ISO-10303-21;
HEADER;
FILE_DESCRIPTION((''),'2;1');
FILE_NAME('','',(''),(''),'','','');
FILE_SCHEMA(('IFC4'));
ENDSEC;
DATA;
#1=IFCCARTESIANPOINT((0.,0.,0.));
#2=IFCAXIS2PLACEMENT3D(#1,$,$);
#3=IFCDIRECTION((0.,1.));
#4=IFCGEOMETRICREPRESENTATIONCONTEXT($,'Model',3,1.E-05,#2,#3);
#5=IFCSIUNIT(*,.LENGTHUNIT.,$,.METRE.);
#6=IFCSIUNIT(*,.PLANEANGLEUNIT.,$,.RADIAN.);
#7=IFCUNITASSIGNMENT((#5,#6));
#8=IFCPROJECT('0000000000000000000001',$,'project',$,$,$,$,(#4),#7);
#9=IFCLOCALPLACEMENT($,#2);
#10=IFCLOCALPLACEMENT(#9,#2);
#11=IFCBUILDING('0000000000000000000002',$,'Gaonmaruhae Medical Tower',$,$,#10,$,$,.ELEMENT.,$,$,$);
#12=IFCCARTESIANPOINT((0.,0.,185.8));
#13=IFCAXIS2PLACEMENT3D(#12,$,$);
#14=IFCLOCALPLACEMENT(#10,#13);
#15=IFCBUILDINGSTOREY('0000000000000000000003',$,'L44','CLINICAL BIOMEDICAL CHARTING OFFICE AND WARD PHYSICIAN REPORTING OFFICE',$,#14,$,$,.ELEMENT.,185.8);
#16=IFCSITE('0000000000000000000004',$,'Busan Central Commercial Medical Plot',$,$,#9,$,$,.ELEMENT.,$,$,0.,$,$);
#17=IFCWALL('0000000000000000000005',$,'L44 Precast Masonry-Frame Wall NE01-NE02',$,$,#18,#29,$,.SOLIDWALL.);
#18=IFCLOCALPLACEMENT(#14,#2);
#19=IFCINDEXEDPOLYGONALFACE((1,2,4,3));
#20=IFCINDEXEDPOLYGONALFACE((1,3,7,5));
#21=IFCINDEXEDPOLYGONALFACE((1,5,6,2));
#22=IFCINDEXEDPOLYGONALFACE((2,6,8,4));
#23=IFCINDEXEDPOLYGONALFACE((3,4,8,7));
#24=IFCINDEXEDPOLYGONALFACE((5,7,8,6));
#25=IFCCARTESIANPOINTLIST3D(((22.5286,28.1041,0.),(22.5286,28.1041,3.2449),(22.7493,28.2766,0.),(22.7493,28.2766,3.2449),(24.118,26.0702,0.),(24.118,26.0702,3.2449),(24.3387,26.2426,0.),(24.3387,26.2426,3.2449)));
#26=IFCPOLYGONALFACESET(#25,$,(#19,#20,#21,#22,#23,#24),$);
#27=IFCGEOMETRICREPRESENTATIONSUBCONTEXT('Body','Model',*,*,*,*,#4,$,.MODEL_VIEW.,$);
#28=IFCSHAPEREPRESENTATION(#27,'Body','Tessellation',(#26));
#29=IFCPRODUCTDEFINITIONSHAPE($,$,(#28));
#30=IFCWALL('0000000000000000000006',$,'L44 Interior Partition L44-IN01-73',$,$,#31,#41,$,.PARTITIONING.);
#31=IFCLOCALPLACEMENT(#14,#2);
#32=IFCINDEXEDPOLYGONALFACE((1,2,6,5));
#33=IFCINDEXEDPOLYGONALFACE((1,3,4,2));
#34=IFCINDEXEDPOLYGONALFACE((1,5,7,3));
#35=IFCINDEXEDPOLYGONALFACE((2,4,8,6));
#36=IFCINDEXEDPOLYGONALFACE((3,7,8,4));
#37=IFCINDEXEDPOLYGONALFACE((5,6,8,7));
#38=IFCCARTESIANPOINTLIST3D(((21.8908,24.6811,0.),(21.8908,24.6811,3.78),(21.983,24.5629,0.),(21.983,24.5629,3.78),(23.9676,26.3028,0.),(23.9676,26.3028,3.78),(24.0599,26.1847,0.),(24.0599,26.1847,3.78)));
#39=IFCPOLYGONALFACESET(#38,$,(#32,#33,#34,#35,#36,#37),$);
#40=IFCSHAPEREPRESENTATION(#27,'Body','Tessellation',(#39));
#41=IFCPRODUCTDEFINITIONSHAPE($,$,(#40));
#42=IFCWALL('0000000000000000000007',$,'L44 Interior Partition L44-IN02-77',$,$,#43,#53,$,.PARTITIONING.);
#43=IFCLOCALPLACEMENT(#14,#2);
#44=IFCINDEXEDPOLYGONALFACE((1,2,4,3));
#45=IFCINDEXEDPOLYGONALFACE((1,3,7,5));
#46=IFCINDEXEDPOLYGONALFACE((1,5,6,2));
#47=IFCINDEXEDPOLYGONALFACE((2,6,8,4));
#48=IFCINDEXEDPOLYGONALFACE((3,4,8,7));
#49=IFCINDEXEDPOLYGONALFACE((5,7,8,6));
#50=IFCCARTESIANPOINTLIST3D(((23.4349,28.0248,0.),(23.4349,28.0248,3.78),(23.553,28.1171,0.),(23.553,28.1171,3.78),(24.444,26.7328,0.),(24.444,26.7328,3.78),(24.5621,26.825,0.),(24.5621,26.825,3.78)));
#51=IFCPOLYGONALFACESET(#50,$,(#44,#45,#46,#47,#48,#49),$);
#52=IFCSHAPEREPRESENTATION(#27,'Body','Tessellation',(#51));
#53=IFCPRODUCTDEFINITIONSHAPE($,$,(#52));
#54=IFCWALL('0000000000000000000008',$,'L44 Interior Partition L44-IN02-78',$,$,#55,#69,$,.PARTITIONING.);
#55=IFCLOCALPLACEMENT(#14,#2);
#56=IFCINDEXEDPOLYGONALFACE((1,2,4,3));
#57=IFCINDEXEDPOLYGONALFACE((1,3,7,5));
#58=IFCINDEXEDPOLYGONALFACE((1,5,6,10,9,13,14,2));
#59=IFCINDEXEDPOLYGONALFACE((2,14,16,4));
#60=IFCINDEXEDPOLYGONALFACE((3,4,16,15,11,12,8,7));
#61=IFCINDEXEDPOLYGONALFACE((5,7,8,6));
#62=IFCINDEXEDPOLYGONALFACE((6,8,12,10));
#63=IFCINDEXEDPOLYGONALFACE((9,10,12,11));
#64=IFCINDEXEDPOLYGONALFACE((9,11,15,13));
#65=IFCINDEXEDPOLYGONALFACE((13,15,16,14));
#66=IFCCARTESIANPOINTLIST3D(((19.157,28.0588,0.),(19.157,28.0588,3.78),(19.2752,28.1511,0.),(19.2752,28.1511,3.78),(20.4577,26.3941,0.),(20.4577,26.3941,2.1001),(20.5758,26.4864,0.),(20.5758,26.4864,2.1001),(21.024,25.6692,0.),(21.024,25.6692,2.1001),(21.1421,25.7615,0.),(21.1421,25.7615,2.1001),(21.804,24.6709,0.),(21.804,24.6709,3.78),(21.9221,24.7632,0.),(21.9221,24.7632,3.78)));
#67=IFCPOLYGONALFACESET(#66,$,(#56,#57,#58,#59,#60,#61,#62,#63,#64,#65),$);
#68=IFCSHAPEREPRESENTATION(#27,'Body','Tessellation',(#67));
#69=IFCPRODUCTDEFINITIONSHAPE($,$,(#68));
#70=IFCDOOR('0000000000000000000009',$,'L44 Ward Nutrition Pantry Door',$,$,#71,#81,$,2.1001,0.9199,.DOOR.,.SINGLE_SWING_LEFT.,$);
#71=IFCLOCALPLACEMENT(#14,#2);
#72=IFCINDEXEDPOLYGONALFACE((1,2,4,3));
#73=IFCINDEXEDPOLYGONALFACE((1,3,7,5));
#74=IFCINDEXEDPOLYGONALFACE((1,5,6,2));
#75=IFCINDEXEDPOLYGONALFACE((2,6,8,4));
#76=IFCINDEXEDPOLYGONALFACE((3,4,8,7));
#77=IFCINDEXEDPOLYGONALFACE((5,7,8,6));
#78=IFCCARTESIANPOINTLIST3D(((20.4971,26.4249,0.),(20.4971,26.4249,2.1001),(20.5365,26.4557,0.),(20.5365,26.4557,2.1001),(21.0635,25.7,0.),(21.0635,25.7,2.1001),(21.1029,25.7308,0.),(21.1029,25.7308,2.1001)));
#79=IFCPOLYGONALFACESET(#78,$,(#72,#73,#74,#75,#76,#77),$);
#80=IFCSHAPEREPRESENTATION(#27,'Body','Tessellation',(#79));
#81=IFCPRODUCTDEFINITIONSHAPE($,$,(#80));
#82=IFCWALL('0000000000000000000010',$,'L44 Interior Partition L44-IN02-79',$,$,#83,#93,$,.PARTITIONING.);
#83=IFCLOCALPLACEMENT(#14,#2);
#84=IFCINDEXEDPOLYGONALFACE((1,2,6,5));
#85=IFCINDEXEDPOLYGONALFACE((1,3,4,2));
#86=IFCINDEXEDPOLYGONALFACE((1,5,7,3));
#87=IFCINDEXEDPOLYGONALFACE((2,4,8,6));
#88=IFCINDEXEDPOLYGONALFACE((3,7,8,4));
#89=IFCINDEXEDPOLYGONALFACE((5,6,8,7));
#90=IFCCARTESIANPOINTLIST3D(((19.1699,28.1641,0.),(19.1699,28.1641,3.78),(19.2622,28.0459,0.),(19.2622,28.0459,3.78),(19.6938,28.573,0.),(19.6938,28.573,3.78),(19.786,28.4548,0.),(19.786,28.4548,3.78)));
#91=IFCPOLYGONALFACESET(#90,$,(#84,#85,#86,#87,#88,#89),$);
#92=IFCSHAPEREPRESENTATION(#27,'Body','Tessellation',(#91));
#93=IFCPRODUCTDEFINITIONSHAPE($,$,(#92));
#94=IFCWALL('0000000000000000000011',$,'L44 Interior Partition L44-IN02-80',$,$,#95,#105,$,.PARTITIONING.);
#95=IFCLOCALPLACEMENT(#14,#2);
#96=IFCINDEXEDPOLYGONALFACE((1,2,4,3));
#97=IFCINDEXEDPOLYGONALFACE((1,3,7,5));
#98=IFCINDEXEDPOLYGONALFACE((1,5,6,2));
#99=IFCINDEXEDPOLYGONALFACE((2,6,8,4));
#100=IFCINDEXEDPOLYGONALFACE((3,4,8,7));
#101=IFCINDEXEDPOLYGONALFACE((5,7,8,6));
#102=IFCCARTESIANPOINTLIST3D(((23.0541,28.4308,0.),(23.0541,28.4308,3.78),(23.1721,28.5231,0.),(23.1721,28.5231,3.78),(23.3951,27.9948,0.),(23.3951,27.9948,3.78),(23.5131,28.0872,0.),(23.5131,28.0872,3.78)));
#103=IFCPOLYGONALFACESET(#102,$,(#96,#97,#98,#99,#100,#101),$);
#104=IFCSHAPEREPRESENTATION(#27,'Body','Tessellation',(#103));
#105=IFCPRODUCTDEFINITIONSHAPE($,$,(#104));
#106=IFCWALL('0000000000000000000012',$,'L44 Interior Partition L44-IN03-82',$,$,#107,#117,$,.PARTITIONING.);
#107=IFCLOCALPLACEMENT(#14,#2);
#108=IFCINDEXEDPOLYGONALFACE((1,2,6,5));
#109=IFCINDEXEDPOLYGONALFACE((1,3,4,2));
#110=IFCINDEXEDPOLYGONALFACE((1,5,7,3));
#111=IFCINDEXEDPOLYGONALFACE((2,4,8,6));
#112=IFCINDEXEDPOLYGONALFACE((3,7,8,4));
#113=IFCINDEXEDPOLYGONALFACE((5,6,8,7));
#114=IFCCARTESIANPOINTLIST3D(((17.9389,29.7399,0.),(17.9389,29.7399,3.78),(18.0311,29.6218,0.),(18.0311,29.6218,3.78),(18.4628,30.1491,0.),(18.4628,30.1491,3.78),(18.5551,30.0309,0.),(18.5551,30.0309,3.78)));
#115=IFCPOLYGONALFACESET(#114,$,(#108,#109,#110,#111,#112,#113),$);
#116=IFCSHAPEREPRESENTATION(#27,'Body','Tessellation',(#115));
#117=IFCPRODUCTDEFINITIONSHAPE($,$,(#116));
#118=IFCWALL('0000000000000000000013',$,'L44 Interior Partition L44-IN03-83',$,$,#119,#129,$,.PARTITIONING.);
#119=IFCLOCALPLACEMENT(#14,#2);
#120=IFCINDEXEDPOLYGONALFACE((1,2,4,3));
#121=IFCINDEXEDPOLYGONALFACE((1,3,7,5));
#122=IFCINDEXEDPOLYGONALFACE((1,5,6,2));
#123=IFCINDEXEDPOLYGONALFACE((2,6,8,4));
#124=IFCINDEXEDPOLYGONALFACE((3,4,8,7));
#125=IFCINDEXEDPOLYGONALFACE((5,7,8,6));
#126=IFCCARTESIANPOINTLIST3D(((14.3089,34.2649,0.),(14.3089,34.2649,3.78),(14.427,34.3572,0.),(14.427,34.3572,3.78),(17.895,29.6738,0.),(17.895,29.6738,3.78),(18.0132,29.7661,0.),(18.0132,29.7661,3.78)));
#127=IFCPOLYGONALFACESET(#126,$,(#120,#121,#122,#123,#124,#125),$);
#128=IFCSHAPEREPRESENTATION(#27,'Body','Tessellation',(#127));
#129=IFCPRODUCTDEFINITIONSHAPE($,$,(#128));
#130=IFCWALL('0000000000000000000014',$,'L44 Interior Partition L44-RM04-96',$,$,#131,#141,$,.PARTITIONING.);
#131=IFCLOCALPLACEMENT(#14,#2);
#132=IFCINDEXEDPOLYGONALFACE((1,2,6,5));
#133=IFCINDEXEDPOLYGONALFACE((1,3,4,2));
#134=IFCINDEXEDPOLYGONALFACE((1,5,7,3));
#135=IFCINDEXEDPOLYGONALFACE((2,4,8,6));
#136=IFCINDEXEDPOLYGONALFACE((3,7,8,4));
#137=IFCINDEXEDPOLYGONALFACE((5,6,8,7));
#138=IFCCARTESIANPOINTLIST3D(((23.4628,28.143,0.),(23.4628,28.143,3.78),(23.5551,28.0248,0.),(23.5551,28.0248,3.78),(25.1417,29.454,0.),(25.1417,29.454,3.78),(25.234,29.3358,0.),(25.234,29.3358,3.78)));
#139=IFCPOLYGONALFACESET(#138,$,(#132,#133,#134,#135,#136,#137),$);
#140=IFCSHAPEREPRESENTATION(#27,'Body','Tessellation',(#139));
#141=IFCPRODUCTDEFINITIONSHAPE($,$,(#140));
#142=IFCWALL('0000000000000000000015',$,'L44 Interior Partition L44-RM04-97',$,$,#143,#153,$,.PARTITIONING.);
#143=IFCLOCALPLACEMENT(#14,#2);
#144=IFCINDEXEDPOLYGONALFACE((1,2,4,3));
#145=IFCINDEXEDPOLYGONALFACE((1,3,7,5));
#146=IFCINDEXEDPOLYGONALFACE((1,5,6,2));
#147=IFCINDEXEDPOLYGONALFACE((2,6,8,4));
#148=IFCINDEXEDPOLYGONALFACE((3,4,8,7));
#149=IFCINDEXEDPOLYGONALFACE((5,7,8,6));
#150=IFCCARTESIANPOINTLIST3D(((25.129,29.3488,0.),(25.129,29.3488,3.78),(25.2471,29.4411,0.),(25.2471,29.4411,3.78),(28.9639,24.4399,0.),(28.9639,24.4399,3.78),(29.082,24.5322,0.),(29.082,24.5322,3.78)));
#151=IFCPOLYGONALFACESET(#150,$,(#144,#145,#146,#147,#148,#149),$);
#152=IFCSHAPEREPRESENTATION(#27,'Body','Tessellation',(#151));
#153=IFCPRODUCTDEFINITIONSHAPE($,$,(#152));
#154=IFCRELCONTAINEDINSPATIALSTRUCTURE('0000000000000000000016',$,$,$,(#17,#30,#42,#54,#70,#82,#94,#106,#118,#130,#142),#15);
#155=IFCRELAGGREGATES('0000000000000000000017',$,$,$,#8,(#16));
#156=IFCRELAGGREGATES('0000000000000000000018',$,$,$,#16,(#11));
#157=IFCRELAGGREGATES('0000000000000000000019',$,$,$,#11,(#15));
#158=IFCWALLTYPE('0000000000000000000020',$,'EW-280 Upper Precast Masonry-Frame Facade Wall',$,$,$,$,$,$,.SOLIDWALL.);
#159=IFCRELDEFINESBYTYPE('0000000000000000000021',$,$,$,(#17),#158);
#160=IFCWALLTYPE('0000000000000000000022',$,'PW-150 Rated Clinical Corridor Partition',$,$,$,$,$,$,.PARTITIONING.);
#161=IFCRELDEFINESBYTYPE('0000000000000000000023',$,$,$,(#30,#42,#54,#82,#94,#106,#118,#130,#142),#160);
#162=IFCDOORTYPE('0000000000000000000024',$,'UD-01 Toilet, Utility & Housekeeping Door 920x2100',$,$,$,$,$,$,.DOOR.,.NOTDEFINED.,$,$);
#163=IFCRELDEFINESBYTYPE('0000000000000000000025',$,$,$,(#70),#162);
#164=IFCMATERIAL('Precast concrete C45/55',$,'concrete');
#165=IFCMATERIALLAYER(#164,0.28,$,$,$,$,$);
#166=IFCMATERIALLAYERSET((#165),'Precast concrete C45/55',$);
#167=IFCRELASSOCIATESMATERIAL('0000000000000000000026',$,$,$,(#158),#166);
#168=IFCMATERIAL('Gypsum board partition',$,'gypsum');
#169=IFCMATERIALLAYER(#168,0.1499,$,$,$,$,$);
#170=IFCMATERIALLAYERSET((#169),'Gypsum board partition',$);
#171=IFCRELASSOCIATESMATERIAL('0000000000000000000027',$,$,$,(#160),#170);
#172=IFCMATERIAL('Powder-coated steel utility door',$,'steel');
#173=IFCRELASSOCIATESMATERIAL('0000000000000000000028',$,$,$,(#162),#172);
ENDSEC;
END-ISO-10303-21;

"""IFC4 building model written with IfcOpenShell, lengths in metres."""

from ifc_helpers import new_model, si_unit, direction, frame, frame_2d, origin, place, context, subcontext, project, spatial, rectangle, extrude, material, layer, layer_set, type_object, element, fill, save


model = new_model("IFC4")

# Units and contexts
model_context = context("Model", 3, precision=1e-05, world=origin(), true_north=direction((0.0, 1.0)))
body_context = subcontext(model_context, "Body", "Model", "MODEL_VIEW")
ifc_project = project(units=[si_unit("LENGTHUNIT", "METRE"), si_unit("PLANEANGLEUNIT", "RADIAN")], contexts=[model_context])

# Site, building, storey
site_placement = place(None, origin())
site = spatial("IfcSite", under=ifc_project, at=site_placement, Name="Busan Central Commercial Medical Plot", CompositionType="ELEMENT", RefElevation=0.0)
building_placement = place(site_placement, origin())
building = spatial("IfcBuilding", under=site, at=building_placement, Name="Gaonmaruhae Medical Tower", CompositionType="ELEMENT")
storey_placement = place(building_placement, frame((0.0, 0.0, 185.8)))
storey = spatial("IfcBuildingStorey", under=building, at=storey_placement, Name="L44", Description="CLINICAL BIOMEDICAL CHARTING OFFICE AND WARD PHYSICIAN REPORTING OFFICE", CompositionType="ELEMENT", Elevation=185.8)

# Shared definitions
ifc_material_1 = material(Name="Precast concrete C45/55", Category="concrete")

# Walls
ifc_layer_1 = layer(ifc_material_1, 0.28)
ifc_layer_set_1 = layer_set([ifc_layer_1], Name="Precast concrete C45/55")
wall_type_1 = type_object("IfcWallType", Name="EW-280 Upper Precast Masonry-Frame Facade Wall", PredefinedType="SOLIDWALL", material=ifc_layer_set_1)
wall_1_placement = place(storey_placement, frame((24.2283, 26.1565, 0.0), z_axis=(0.0, 0.0, 1.0), x_axis=(-0.615727, 0.78796, 0.0)))
element("IfcWall", 1, at=wall_1_placement, inside=storey, type_object=wall_type_1, Name="L44 Precast Masonry-Frame Wall NE01-NE02", PredefinedType="SOLIDWALL", context=body_context, shape_type="SweptSolid", body=[
    extrude(rectangle(XDim=2.5813, YDim=0.28, at=frame_2d((1.2905, 0.0))), origin(), (0.0, 0.0, 1.0), 3.2449),
])
ifc_material_2 = material(Name="Gypsum board partition", Category="gypsum")
ifc_layer_2 = layer(ifc_material_2, 0.1499)
ifc_layer_set_2 = layer_set([ifc_layer_2], Name="Gypsum board partition")
wall_type_2 = type_object("IfcWallType", Name="PW-150 Rated Clinical Corridor Partition", PredefinedType="PARTITIONING", material=ifc_layer_set_2)
wall_2_placement = place(storey_placement, frame((21.937, 24.6221, 0.0), z_axis=(0.0, 0.0, 1.0), x_axis=(0.788163, 0.615466, 0.0)))
element("IfcWall", 2, at=wall_2_placement, inside=storey, type_object=wall_type_2, Name="L44 Interior Partition L44-IN01-73", PredefinedType="PARTITIONING", context=body_context, shape_type="SweptSolid", body=[
    extrude(rectangle(XDim=2.635, YDim=0.1499, at=frame_2d((1.3174, 0.0))), origin(), (0.0, 0.0, 1.0), 3.78),
])
wall_3_placement = place(storey_placement, frame((23.4939, 28.071, 0.0), z_axis=(0.0, 0.0, 1.0), x_axis=(0.615517, -0.788124, 0.0)))
element("IfcWall", 3, at=wall_3_placement, inside=storey, type_object=wall_type_2, Name="L44 Interior Partition L44-IN02-77", PredefinedType="PARTITIONING", context=body_context, shape_type="SweptSolid", body=[
    extrude(rectangle(XDim=1.6394, YDim=0.1499, at=frame_2d((0.8198, 0.0))), origin(), (0.0, 0.0, 1.0), 3.78),
])

# Wall, opening, door
wall_4_placement = place(storey_placement, frame((21.863, 24.717, 0.0), z_axis=(0.0, 0.0, 1.0), x_axis=(-0.615665, 0.788008, 0.0)))
wall_4 = element("IfcWall", 4, at=wall_4_placement, inside=storey, type_object=wall_type_2, Name="L44 Interior Partition L44-IN02-78", PredefinedType="PARTITIONING", context=body_context, shape_type="SweptSolid", body=[
    extrude(rectangle(XDim=4.2993, YDim=0.1499, at=frame_2d((2.1497, 0.0))), origin(), (0.0, 0.0, 1.0), 3.78),
])
opening_1_placement = place(wall_4_placement, frame((1.2668, 0.0, 0.0)))
opening_1 = element("IfcOpeningElement", 5, at=opening_1_placement, cuts=wall_4, PredefinedType="OPENING", context=body_context, shape_type="SweptSolid", body=[
    extrude(rectangle(XDim=0.9199, YDim=2.1001, at=frame_2d((0.46, 1.05))), frame((0.0, 0.085, 0.0), z_axis=(0.0, -1.0, 0.0), x_axis=(1.0, 0.0, 0.0)), (0.0, 0.0, 1.0), 0.1699),
])
ifc_material_3 = material(Name="Powder-coated steel utility door", Category="steel")
door_type_1 = type_object("IfcDoorType", Name="UD-01 Toilet, Utility & Housekeeping Door 920x2100", OperationType="NOTDEFINED", PredefinedType="DOOR", material=ifc_material_3)
door_1_placement = place(opening_1_placement, origin())
door_1 = element("IfcDoor", 6, at=door_1_placement, inside=storey, type_object=door_type_1, Name="L44 Ward Nutrition Pantry Door", OperationType="SINGLE_SWING_LEFT", OverallHeight=2.1001, OverallWidth=0.9199, PredefinedType="DOOR", context=body_context, shape_type="SweptSolid", body=[
    extrude(rectangle(XDim=0.9199, YDim=2.1001, at=frame_2d((0.46, 1.05))), frame((0.0, 0.0249, 0.0), z_axis=(0.0, -1.0, 0.0), x_axis=(1.0, 0.0, 0.0)), (0.0, 0.0, 1.0), 0.05),
])
fill(opening_1, door_1)

# Walls
wall_5_placement = place(storey_placement, frame((19.2161, 28.105, 0.0), z_axis=(0.0, 0.0, 1.0), x_axis=(0.788303, 0.615288, 0.0)))
element("IfcWall", 7, at=wall_5_placement, inside=storey, type_object=wall_type_2, Name="L44 Interior Partition L44-IN02-79", PredefinedType="PARTITIONING", context=body_context, shape_type="SweptSolid", body=[
    extrude(rectangle(XDim=0.6646, YDim=0.1499, at=frame_2d((0.3323, 0.0))), origin(), (0.0, 0.0, 1.0), 3.78),
])
wall_6_placement = place(storey_placement, frame((23.113, 28.4771, 0.0), z_axis=(0.0, 0.0, 1.0), x_axis=(0.616106, -0.787663, 0.0)))
element("IfcWall", 8, at=wall_6_placement, inside=storey, type_object=wall_type_2, Name="L44 Interior Partition L44-IN02-80", PredefinedType="PARTITIONING", context=body_context, shape_type="SweptSolid", body=[
    extrude(rectangle(XDim=0.5535, YDim=0.1499, at=frame_2d((0.2769, 0.0))), origin(), (0.0, 0.0, 1.0), 3.78),
])
wall_7_placement = place(storey_placement, frame((18.509, 30.0901, 0.0), z_axis=(0.0, 0.0, 1.0), x_axis=(-0.788125, -0.615516, 0.0)))
element("IfcWall", 9, at=wall_7_placement, inside=storey, type_object=wall_type_2, Name="L44 Interior Partition L44-IN03-82", PredefinedType="PARTITIONING", context=body_context, shape_type="SweptSolid", body=[
    extrude(rectangle(XDim=0.6648, YDim=0.1499, at=frame_2d((0.3325, 0.0))), origin(), (0.0, 0.0, 1.0), 3.78),
])
wall_8_placement = place(storey_placement, frame((17.9541, 29.72, 0.0), z_axis=(0.0, 0.0, 1.0), x_axis=(-0.615581, 0.788073, 0.0)))
element("IfcWall", 10, at=wall_8_placement, inside=storey, type_object=wall_type_2, Name="L44 Interior Partition L44-IN03-83", PredefinedType="PARTITIONING", context=body_context, shape_type="SweptSolid", body=[
    extrude(rectangle(XDim=5.8257, YDim=0.1499, at=frame_2d((2.9128, 0.0))), origin(), (0.0, 0.0, 1.0), 3.78),
])
wall_9_placement = place(storey_placement, frame((23.509, 28.084, 0.0), z_axis=(0.0, 0.0, 1.0), x_axis=(0.788172, 0.615455, 0.0)))
element("IfcWall", 11, at=wall_9_placement, inside=storey, type_object=wall_type_2, Name="L44 Interior Partition L44-RM04-96", PredefinedType="PARTITIONING", context=body_context, shape_type="SweptSolid", body=[
    extrude(rectangle(XDim=2.1301, YDim=0.1499, at=frame_2d((1.0649, 0.0))), origin(), (0.0, 0.0, 1.0), 3.78),
])
wall_10_placement = place(storey_placement, frame((25.188, 29.395, 0.0), z_axis=(0.0, 0.0, 1.0), x_axis=(0.61563, -0.788036, 0.0)))
element("IfcWall", 12, at=wall_10_placement, inside=storey, type_object=wall_type_2, Name="L44 Interior Partition L44-RM04-97", PredefinedType="PARTITIONING", context=body_context, shape_type="SweptSolid", body=[
    extrude(rectangle(XDim=6.2292, YDim=0.1499, at=frame_2d((3.1147, 0.0))), origin(), (0.0, 0.0, 1.0), 3.78),
])

save(model, "model.ifc")
